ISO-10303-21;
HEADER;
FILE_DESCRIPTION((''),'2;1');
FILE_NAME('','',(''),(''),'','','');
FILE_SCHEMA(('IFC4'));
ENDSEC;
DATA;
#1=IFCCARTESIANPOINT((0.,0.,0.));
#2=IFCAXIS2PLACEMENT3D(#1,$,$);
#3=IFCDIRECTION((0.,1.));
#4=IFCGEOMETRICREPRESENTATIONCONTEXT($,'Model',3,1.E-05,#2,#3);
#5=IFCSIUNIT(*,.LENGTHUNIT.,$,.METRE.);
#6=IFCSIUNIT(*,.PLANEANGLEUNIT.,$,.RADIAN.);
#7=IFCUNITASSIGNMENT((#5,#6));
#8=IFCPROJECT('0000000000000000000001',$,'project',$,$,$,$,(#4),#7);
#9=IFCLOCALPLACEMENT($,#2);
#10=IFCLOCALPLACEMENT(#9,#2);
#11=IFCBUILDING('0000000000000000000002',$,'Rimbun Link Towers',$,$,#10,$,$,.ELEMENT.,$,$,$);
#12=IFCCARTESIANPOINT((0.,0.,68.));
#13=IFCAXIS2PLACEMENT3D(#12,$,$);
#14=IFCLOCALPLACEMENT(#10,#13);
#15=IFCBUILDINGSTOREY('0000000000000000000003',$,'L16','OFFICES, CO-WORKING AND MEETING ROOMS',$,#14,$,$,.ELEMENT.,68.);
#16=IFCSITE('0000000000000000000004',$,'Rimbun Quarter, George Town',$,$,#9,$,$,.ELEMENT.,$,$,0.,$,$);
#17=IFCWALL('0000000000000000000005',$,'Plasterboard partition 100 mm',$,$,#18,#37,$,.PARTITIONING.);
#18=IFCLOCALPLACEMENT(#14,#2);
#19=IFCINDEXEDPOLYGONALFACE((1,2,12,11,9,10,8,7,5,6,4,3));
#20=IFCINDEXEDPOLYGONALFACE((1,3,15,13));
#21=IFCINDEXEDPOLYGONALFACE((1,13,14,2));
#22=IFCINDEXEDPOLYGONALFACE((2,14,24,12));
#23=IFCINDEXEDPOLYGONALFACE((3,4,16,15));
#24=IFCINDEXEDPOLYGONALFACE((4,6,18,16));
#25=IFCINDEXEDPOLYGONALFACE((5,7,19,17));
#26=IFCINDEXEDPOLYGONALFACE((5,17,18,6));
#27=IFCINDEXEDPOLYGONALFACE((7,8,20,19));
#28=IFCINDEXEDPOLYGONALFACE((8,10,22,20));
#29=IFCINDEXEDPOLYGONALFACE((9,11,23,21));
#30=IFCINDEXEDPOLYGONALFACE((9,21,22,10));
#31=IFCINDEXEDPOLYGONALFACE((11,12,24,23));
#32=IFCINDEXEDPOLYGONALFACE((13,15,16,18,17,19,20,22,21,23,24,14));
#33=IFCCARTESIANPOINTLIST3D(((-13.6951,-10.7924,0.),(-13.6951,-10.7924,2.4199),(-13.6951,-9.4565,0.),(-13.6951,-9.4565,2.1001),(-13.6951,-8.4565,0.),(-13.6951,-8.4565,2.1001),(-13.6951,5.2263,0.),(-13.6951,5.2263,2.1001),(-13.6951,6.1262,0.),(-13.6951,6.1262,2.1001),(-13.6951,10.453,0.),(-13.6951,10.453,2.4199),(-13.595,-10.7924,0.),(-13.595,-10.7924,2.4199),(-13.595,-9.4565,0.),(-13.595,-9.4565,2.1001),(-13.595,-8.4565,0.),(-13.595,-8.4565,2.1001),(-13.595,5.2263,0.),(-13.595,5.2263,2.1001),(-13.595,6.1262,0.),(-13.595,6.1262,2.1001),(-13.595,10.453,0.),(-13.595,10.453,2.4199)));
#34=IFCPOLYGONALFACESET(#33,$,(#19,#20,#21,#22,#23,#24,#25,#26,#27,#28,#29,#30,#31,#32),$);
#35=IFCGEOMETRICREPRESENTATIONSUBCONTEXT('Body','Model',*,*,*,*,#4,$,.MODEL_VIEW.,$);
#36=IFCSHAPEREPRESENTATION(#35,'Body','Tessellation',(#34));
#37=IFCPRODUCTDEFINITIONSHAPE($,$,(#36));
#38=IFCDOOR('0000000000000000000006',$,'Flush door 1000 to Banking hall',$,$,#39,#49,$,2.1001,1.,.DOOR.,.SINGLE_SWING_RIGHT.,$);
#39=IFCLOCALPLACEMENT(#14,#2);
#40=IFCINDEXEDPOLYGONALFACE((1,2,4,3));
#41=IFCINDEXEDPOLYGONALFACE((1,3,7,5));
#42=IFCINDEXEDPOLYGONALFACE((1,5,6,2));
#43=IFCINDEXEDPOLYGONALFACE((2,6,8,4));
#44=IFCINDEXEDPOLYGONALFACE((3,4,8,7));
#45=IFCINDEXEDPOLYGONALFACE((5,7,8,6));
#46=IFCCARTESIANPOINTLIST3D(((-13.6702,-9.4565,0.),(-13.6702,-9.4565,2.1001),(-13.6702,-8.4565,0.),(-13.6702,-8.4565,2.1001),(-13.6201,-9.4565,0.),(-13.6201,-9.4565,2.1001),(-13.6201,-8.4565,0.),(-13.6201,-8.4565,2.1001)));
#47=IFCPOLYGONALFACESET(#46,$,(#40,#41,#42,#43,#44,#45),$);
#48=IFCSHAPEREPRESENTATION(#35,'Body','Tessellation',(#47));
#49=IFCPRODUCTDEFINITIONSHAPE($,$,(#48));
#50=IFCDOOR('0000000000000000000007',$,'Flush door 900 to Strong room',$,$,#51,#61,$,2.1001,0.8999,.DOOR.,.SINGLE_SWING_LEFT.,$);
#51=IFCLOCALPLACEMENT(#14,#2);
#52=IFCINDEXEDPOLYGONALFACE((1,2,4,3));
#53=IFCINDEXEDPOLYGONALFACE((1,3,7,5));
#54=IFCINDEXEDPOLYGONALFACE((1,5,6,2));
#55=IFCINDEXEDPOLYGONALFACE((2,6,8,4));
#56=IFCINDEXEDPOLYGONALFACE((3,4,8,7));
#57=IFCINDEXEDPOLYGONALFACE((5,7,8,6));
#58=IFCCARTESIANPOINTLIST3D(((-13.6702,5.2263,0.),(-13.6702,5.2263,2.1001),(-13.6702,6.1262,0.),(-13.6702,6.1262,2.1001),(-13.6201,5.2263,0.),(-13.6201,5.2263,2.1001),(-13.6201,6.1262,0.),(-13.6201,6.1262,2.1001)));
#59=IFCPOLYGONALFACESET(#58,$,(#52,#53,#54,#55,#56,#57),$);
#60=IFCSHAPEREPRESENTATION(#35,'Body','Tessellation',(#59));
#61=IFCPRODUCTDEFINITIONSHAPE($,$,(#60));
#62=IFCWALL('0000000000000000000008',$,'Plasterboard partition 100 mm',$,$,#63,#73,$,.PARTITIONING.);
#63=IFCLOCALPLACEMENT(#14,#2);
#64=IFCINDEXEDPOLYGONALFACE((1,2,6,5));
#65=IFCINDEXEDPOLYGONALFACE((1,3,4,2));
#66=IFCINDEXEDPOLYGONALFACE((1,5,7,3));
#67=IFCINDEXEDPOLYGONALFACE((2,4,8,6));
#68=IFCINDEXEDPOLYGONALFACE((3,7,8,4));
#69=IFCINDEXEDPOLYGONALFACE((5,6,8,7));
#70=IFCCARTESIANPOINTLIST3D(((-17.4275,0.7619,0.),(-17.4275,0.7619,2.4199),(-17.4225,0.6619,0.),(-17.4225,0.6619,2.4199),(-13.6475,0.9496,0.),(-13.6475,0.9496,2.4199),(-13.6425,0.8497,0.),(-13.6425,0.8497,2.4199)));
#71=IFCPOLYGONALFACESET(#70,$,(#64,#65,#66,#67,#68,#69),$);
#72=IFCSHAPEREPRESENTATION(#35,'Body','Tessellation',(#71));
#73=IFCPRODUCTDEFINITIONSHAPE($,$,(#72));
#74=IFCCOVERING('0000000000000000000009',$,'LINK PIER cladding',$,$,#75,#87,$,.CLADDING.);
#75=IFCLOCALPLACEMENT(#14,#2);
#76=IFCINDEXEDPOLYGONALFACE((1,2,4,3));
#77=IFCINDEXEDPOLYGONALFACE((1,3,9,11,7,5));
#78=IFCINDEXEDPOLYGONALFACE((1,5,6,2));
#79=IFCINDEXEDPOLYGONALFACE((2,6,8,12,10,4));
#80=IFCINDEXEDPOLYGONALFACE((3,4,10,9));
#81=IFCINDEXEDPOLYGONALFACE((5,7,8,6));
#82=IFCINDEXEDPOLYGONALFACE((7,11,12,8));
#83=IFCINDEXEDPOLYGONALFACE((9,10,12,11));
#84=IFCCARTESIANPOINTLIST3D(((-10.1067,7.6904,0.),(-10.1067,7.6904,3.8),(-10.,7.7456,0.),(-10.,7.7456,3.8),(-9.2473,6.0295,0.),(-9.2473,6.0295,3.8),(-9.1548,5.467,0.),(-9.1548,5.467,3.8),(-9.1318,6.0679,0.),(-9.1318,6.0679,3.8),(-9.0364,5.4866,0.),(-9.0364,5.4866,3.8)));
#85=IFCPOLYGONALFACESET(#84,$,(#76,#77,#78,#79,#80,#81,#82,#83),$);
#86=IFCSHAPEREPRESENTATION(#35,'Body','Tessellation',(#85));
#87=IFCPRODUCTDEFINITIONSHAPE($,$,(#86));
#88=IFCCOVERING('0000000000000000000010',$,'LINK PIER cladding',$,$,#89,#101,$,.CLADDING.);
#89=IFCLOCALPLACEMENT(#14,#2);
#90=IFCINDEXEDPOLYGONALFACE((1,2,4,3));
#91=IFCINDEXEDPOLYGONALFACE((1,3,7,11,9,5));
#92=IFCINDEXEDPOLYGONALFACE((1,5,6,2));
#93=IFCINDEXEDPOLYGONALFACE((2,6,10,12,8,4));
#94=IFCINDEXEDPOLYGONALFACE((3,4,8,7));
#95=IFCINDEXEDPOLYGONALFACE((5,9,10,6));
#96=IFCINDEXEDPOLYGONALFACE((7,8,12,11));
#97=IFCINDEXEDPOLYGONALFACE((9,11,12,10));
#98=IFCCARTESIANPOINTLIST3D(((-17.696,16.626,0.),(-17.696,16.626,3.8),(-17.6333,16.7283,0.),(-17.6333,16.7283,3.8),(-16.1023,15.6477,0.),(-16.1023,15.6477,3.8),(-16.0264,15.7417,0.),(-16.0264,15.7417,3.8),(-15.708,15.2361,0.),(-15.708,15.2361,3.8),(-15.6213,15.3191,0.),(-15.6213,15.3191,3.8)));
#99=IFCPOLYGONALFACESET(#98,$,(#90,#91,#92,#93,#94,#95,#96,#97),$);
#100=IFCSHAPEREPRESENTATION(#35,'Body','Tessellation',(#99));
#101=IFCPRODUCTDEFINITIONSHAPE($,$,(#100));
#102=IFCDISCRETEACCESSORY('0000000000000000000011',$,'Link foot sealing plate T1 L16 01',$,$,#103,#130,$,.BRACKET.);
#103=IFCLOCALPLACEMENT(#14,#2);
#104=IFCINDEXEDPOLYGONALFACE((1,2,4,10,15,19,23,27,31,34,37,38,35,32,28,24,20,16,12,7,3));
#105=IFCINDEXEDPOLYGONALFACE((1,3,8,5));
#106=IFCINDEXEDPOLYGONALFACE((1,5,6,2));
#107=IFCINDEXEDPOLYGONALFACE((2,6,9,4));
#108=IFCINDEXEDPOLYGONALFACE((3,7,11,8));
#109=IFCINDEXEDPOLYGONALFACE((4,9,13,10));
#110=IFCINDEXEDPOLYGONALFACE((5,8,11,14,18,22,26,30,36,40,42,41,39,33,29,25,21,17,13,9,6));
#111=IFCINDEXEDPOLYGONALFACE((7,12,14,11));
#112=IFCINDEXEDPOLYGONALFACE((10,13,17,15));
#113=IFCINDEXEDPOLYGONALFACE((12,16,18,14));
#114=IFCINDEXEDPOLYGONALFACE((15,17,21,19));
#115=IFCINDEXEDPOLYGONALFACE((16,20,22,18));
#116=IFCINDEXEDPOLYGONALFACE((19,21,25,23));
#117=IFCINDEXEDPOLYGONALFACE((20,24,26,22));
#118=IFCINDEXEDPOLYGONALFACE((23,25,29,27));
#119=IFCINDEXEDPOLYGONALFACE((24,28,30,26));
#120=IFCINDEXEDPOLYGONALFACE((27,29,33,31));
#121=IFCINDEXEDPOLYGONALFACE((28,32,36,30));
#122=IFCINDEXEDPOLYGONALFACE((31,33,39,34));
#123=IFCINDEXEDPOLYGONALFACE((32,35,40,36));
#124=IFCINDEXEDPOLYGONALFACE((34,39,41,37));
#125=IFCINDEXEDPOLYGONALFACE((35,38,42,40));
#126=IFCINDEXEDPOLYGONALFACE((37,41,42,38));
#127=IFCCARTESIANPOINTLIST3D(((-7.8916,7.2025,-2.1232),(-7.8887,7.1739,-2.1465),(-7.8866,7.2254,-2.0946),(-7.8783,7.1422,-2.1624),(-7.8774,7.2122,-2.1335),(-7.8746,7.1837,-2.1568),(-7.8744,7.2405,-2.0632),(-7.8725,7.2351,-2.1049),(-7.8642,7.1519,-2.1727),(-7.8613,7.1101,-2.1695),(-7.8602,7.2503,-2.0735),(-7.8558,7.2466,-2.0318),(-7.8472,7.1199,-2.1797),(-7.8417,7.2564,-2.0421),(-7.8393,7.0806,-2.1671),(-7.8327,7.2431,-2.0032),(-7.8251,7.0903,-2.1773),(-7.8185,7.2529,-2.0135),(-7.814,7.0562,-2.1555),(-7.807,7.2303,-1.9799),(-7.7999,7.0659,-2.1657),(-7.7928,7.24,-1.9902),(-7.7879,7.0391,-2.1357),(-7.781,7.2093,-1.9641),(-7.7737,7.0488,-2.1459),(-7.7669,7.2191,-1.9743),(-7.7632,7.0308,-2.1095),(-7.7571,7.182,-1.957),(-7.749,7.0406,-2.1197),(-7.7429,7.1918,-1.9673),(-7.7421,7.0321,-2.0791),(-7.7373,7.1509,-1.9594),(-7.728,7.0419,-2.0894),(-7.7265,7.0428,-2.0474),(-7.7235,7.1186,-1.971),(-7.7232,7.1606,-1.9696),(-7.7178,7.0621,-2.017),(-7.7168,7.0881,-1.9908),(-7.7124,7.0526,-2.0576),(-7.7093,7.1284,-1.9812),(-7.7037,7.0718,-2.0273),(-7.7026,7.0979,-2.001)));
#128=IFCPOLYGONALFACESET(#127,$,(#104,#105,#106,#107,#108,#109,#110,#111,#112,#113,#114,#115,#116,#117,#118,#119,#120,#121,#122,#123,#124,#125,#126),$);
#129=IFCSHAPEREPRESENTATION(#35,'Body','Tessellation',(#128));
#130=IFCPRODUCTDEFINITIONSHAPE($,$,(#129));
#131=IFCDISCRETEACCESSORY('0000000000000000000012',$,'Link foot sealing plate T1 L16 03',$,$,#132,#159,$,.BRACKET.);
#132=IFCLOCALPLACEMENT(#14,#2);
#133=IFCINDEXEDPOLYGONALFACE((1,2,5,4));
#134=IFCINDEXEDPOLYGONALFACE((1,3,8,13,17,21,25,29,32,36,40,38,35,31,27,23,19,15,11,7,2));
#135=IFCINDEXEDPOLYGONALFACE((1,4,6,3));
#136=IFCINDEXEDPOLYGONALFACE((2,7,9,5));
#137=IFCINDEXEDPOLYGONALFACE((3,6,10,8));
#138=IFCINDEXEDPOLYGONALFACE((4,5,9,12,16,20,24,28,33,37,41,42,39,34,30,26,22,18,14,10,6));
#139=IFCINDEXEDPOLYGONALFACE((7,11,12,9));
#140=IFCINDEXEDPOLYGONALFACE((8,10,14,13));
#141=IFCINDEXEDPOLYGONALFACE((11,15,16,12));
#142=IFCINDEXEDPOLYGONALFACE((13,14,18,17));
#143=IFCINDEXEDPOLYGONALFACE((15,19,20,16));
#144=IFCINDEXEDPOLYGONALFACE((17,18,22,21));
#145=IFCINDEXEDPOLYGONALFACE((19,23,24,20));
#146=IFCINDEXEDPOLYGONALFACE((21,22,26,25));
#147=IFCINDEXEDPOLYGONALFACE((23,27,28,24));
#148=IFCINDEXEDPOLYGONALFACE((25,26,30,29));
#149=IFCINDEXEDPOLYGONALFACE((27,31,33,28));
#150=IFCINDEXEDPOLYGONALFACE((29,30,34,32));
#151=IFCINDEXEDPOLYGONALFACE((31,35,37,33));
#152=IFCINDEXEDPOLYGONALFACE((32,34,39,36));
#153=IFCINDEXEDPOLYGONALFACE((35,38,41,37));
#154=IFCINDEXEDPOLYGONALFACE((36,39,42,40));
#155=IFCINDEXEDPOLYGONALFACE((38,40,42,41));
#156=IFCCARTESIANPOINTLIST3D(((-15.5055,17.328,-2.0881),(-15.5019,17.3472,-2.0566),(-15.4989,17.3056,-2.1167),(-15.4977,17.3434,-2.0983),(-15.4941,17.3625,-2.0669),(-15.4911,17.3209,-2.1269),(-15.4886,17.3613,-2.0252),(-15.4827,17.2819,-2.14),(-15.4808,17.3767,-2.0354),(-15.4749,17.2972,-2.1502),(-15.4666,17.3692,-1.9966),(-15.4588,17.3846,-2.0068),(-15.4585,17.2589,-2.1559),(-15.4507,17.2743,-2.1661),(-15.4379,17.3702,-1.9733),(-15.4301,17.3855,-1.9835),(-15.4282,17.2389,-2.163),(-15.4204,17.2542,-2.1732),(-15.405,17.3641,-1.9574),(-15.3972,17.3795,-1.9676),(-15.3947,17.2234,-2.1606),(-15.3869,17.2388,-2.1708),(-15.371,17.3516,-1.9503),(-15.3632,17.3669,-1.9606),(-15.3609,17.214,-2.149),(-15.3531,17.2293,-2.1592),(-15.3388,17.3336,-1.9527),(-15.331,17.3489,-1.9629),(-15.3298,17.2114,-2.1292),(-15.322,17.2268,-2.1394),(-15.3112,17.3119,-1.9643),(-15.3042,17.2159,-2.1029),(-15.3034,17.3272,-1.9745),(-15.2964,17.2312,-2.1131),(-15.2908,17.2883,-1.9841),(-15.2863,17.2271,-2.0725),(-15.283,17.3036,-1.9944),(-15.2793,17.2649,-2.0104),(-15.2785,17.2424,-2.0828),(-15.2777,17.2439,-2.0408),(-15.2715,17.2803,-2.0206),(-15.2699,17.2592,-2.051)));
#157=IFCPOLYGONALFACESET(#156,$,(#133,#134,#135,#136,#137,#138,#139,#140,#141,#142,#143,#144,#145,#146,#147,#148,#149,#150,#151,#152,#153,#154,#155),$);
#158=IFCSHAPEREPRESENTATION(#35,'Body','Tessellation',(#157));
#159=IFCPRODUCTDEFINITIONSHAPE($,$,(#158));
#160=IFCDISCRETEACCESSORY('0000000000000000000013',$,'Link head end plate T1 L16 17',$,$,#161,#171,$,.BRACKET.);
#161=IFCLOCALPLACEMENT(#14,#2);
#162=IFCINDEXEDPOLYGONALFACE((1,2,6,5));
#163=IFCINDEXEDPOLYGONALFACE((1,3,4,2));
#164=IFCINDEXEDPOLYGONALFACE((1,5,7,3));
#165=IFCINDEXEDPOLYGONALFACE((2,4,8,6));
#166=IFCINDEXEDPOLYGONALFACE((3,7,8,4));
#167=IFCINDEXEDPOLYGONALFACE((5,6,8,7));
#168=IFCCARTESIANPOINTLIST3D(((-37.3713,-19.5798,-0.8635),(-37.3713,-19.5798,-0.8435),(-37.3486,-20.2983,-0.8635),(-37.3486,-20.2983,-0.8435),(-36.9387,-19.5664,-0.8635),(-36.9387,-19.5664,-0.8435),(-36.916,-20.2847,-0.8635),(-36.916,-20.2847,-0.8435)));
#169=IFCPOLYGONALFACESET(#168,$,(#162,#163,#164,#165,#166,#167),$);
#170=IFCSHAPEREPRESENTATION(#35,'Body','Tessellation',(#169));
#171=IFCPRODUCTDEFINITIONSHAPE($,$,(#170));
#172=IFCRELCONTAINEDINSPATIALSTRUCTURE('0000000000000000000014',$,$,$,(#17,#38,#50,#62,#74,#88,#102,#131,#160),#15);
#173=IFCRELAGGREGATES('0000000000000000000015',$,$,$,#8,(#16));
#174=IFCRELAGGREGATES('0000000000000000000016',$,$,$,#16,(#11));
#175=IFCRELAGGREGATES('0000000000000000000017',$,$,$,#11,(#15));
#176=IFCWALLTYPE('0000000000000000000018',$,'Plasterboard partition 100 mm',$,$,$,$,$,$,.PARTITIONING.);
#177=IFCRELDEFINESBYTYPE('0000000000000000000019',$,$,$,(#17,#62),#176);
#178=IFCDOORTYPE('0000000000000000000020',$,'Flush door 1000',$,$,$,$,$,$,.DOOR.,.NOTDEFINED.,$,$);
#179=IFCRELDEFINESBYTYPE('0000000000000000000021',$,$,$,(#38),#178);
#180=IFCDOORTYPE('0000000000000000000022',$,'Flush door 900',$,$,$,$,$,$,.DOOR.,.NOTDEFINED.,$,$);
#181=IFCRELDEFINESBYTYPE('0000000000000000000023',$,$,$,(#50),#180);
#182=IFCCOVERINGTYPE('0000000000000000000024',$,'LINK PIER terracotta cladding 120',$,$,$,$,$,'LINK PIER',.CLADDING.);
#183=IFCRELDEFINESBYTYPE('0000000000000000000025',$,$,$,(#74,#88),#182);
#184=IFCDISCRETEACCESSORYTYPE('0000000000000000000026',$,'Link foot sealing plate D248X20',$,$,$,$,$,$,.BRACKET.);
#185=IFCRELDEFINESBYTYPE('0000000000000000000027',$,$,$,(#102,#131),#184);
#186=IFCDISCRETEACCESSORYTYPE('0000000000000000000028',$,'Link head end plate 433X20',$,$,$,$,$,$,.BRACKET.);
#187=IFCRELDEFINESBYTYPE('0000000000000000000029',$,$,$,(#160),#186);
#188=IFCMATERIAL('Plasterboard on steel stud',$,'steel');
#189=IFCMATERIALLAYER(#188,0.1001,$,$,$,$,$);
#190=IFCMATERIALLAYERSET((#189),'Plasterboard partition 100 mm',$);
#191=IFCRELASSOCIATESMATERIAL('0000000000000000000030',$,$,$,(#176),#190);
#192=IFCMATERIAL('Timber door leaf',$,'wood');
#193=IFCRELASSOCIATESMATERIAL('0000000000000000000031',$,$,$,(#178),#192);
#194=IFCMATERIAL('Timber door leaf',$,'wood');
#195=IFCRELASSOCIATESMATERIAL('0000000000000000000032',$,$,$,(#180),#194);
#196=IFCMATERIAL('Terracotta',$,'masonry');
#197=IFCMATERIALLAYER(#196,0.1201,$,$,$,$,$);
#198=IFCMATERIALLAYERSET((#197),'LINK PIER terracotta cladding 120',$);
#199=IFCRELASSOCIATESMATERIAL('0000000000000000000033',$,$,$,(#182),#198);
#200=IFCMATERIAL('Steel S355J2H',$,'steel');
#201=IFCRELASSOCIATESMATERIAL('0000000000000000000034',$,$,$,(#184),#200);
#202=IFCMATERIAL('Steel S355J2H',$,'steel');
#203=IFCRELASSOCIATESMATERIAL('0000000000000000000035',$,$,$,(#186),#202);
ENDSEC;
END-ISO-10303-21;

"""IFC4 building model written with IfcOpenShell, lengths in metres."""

from ifc_helpers import new_model, si_unit, direction, frame, frame_2d, origin, origin_2d, place, context, subcontext, project, spatial, polyline, rectangle, circle, outline, extrude, material, layer, layer_set, material_profile, profile_set, type_object, element, fill, save


model = new_model("IFC4")

# Units and contexts
model_context = context("Model", 3, precision=1e-05, world=origin(), true_north=direction((0.0, 1.0)))
body_context = subcontext(model_context, "Body", "Model", "MODEL_VIEW")
ifc_project = project(units=[si_unit("LENGTHUNIT", "METRE"), si_unit("PLANEANGLEUNIT", "RADIAN")], contexts=[model_context])

# Site, building, storey
site_placement = place(None, origin())
site = spatial("IfcSite", under=ifc_project, at=site_placement, Name="Rimbun Quarter, George Town", CompositionType="ELEMENT", RefElevation=0.0)
building_placement = place(site_placement, origin())
building = spatial("IfcBuilding", under=site, at=building_placement, Name="Rimbun Link Towers", CompositionType="ELEMENT")
storey_placement = place(building_placement, frame((0.0, 0.0, 68.0)))
storey = spatial("IfcBuildingStorey", under=building, at=storey_placement, Name="L16", Description="OFFICES, CO-WORKING AND MEETING ROOMS", CompositionType="ELEMENT", Elevation=68.0)

# Wall, openings, doors
ifc_material_1 = material(Name="Plasterboard on steel stud", Category="steel")
ifc_layer_1 = layer(ifc_material_1, 0.1001)
ifc_layer_set_1 = layer_set([ifc_layer_1], Name="Plasterboard partition 100 mm")
wall_type = type_object("IfcWallType", Name="Plasterboard partition 100 mm", PredefinedType="PARTITIONING", material=ifc_layer_set_1)
wall_1_placement = place(storey_placement, frame((-13.645, 10.4529, 0.0), z_axis=(0.0, 0.0, 1.0), x_axis=(0.0, -1.0, 0.0)))
wall_1 = element("IfcWall", 1, at=wall_1_placement, inside=storey, type_object=wall_type, Name="Plasterboard partition 100 mm", PredefinedType="PARTITIONING", context=body_context, shape_type="SweptSolid", body=[
    extrude(rectangle(XDim=21.2454, YDim=0.1001, at=frame_2d((10.6226, 0.0))), origin(), (0.0, 0.0, 1.0), 2.4199),
])
opening_1_placement = place(wall_1_placement, frame((18.9094, 0.0, 0.0)))
opening_1 = element("IfcOpeningElement", 2, at=opening_1_placement, cuts=wall_1, PredefinedType="OPENING", context=body_context, shape_type="SweptSolid", body=[
    extrude(rectangle(XDim=1.0, YDim=2.1001, at=frame_2d((0.5, 1.05))), frame((0.0, 0.0601, 0.0), z_axis=(0.0, -1.0, 0.0), x_axis=(1.0, 0.0, 0.0)), (0.0, 0.0, 1.0), 0.1201),
])
opening_2_placement = place(wall_1_placement, frame((4.3267, 0.0, 0.0)))
opening_2 = element("IfcOpeningElement", 3, at=opening_2_placement, cuts=wall_1, PredefinedType="OPENING", context=body_context, shape_type="SweptSolid", body=[
    extrude(rectangle(XDim=0.8999, YDim=2.1001, at=frame_2d((0.45, 1.05))), frame((0.0, 0.0601, 0.0), z_axis=(0.0, -1.0, 0.0), x_axis=(1.0, 0.0, 0.0)), (0.0, 0.0, 1.0), 0.1201),
])
ifc_material_2 = material(Name="Timber door leaf", Category="wood")
door_type_1 = type_object("IfcDoorType", Name="Flush door 1000", OperationType="NOTDEFINED", PredefinedType="DOOR", material=ifc_material_2)
door_1_placement = place(opening_1_placement, origin())
door_1 = element("IfcDoor", 4, at=door_1_placement, inside=storey, type_object=door_type_1, Name="Flush door 1000 to Banking hall", OperationType="SINGLE_SWING_RIGHT", OverallHeight=2.1001, OverallWidth=1.0, PredefinedType="DOOR", context=body_context, shape_type="SweptSolid", body=[
    extrude(rectangle(XDim=1.0, YDim=2.1001, at=frame_2d((0.5, 1.05))), frame((0.0, 0.0249, 0.0), z_axis=(0.0, -1.0, 0.0), x_axis=(1.0, 0.0, 0.0)), (0.0, 0.0, 1.0), 0.05),
])
fill(opening_1, door_1)
ifc_material_3 = material(Name="Timber door leaf", Category="wood")
door_type_2 = type_object("IfcDoorType", Name="Flush door 900", OperationType="NOTDEFINED", PredefinedType="DOOR", material=ifc_material_3)
door_2_placement = place(opening_2_placement, origin())
door_2 = element("IfcDoor", 5, at=door_2_placement, inside=storey, type_object=door_type_2, Name="Flush door 900 to Strong room", OperationType="SINGLE_SWING_LEFT", OverallHeight=2.1001, OverallWidth=0.8999, PredefinedType="DOOR", context=body_context, shape_type="SweptSolid", body=[
    extrude(rectangle(XDim=0.8999, YDim=2.1001, at=frame_2d((0.45, 1.05))), frame((0.0, 0.0249, 0.0), z_axis=(0.0, -1.0, 0.0), x_axis=(1.0, 0.0, 0.0)), (0.0, 0.0, 1.0), 0.05),
])
fill(opening_2, door_2)

# Wall
wall_2_placement = place(storey_placement, frame((-13.645, 0.8997, 0.0), z_axis=(0.0, 0.0, 1.0), x_axis=(-0.998769, -0.049606, 0.0)))
element("IfcWall", 6, at=wall_2_placement, inside=storey, type_object=wall_type, Name="Plasterboard partition 100 mm", PredefinedType="PARTITIONING", context=body_context, shape_type="SweptSolid", body=[
    extrude(rectangle(XDim=3.7847, YDim=0.1001, at=frame_2d((1.8923, 0.0))), origin(), (0.0, 0.0, 1.0), 2.4199),
])

# Coverings
ifc_material_4 = material(Name="Terracotta", Category="masonry")
ifc_layer_2 = layer(ifc_material_4, 0.1201)
ifc_layer_set_2 = layer_set([ifc_layer_2], Name="LINK PIER terracotta cladding 120")
covering_type_1 = type_object("IfcCoveringType", Name="LINK PIER terracotta cladding 120", ElementType="LINK PIER", PredefinedType="CLADDING", material=ifc_layer_set_2)
covering_1_placement = place(storey_placement, origin())
element("IfcCovering", 7, at=covering_1_placement, inside=storey, type_object=covering_type_1, Name="LINK PIER cladding", PredefinedType="CLADDING", context=body_context, shape_type="SweptSolid", body=[
    extrude(outline(polyline([(-10.1067, 7.6904), (-9.2473, 6.0295), (-9.1548, 5.467), (-9.0364, 5.4866), (-9.1318, 6.0679), (-10.0, 7.7456), (-10.1067, 7.6904)])), origin(), (0.0, 0.0, 1.0), 3.8),
])
covering_2_placement = place(storey_placement, origin())
element("IfcCovering", 8, at=covering_2_placement, inside=storey, type_object=covering_type_1, Name="LINK PIER cladding", PredefinedType="CLADDING", context=body_context, shape_type="SweptSolid", body=[
    extrude(outline(polyline([(-17.696, 16.626), (-16.1023, 15.6477), (-15.708, 15.2361), (-15.6213, 15.3191), (-16.0264, 15.7417), (-17.6333, 16.7283), (-17.696, 16.626)])), origin(), (0.0, 0.0, 1.0), 3.8),
])

# Discrete accessories
ifc_material_5 = material(Name="Steel S355J2H", Category="steel")
ifc_material_profile_1 = material_profile(ifc_material_5, circle(Radius=0.124, at=origin_2d()), Name="PL D248")
ifc_profile_set_1 = profile_set([ifc_material_profile_1], Name="Steel S355J2H")
discrete_accessory_type_1 = type_object("IfcDiscreteAccessoryType", Name="Link foot sealing plate D248X20", PredefinedType="BRACKET", material=ifc_profile_set_1)
for number, where, z_axis, x_axis, name in (
    (9, (-7.804, 7.1384, -2.0632), (0.707107, 0.48766, -0.512043), (-0.567733, 0.823213, 0.0), "Link foot sealing plate T1 L16 01"),
    (10, (-15.3914, 17.291, -2.0566), (0.38929, 0.766414, -0.510943), (-0.891579, 0.452865, 0.0), "Link foot sealing plate T1 L16 03"),
):
    element("IfcDiscreteAccessory", number, at=place(storey_placement, frame(where, z_axis=z_axis, x_axis=x_axis)), inside=storey, type_object=discrete_accessory_type_1, Name=name, PredefinedType="BRACKET", context=body_context, shape_type="SweptSolid", body=[
        extrude(circle(Radius=0.124, at=origin_2d()), origin(), (0.0, 0.0, 1.0), 0.02),
    ])
ifc_material_6 = material(Name="Steel S355J2H", Category="steel")
ifc_material_profile_2 = material_profile(ifc_material_6, rectangle(XDim=0.4331, YDim=0.4331, at=origin_2d()), Name="PL 433x433")
ifc_profile_set_2 = profile_set([ifc_material_profile_2], Name="Steel S355J2H")
discrete_accessory_type_2 = type_object("IfcDiscreteAccessoryType", Name="Link head end plate 433X20", PredefinedType="BRACKET", material=ifc_profile_set_2)
discrete_accessory_1_placement = place(storey_placement, frame((0.0, 0.0, -0.8635)))
element("IfcDiscreteAccessory", 11, at=discrete_accessory_1_placement, inside=storey, type_object=discrete_accessory_type_2, Name="Link head end plate T1 L16 17", PredefinedType="BRACKET", context=body_context, shape_type="SweptSolid", body=[
    extrude(outline(polyline([(-37.3713, -19.5798), (-37.3486, -20.2983), (-36.916, -20.2847), (-36.9387, -19.5664), (-37.3713, -19.5798)])), origin(), (0.0, 0.0, 1.0), 0.02),
])

save(model, "model.ifc")
